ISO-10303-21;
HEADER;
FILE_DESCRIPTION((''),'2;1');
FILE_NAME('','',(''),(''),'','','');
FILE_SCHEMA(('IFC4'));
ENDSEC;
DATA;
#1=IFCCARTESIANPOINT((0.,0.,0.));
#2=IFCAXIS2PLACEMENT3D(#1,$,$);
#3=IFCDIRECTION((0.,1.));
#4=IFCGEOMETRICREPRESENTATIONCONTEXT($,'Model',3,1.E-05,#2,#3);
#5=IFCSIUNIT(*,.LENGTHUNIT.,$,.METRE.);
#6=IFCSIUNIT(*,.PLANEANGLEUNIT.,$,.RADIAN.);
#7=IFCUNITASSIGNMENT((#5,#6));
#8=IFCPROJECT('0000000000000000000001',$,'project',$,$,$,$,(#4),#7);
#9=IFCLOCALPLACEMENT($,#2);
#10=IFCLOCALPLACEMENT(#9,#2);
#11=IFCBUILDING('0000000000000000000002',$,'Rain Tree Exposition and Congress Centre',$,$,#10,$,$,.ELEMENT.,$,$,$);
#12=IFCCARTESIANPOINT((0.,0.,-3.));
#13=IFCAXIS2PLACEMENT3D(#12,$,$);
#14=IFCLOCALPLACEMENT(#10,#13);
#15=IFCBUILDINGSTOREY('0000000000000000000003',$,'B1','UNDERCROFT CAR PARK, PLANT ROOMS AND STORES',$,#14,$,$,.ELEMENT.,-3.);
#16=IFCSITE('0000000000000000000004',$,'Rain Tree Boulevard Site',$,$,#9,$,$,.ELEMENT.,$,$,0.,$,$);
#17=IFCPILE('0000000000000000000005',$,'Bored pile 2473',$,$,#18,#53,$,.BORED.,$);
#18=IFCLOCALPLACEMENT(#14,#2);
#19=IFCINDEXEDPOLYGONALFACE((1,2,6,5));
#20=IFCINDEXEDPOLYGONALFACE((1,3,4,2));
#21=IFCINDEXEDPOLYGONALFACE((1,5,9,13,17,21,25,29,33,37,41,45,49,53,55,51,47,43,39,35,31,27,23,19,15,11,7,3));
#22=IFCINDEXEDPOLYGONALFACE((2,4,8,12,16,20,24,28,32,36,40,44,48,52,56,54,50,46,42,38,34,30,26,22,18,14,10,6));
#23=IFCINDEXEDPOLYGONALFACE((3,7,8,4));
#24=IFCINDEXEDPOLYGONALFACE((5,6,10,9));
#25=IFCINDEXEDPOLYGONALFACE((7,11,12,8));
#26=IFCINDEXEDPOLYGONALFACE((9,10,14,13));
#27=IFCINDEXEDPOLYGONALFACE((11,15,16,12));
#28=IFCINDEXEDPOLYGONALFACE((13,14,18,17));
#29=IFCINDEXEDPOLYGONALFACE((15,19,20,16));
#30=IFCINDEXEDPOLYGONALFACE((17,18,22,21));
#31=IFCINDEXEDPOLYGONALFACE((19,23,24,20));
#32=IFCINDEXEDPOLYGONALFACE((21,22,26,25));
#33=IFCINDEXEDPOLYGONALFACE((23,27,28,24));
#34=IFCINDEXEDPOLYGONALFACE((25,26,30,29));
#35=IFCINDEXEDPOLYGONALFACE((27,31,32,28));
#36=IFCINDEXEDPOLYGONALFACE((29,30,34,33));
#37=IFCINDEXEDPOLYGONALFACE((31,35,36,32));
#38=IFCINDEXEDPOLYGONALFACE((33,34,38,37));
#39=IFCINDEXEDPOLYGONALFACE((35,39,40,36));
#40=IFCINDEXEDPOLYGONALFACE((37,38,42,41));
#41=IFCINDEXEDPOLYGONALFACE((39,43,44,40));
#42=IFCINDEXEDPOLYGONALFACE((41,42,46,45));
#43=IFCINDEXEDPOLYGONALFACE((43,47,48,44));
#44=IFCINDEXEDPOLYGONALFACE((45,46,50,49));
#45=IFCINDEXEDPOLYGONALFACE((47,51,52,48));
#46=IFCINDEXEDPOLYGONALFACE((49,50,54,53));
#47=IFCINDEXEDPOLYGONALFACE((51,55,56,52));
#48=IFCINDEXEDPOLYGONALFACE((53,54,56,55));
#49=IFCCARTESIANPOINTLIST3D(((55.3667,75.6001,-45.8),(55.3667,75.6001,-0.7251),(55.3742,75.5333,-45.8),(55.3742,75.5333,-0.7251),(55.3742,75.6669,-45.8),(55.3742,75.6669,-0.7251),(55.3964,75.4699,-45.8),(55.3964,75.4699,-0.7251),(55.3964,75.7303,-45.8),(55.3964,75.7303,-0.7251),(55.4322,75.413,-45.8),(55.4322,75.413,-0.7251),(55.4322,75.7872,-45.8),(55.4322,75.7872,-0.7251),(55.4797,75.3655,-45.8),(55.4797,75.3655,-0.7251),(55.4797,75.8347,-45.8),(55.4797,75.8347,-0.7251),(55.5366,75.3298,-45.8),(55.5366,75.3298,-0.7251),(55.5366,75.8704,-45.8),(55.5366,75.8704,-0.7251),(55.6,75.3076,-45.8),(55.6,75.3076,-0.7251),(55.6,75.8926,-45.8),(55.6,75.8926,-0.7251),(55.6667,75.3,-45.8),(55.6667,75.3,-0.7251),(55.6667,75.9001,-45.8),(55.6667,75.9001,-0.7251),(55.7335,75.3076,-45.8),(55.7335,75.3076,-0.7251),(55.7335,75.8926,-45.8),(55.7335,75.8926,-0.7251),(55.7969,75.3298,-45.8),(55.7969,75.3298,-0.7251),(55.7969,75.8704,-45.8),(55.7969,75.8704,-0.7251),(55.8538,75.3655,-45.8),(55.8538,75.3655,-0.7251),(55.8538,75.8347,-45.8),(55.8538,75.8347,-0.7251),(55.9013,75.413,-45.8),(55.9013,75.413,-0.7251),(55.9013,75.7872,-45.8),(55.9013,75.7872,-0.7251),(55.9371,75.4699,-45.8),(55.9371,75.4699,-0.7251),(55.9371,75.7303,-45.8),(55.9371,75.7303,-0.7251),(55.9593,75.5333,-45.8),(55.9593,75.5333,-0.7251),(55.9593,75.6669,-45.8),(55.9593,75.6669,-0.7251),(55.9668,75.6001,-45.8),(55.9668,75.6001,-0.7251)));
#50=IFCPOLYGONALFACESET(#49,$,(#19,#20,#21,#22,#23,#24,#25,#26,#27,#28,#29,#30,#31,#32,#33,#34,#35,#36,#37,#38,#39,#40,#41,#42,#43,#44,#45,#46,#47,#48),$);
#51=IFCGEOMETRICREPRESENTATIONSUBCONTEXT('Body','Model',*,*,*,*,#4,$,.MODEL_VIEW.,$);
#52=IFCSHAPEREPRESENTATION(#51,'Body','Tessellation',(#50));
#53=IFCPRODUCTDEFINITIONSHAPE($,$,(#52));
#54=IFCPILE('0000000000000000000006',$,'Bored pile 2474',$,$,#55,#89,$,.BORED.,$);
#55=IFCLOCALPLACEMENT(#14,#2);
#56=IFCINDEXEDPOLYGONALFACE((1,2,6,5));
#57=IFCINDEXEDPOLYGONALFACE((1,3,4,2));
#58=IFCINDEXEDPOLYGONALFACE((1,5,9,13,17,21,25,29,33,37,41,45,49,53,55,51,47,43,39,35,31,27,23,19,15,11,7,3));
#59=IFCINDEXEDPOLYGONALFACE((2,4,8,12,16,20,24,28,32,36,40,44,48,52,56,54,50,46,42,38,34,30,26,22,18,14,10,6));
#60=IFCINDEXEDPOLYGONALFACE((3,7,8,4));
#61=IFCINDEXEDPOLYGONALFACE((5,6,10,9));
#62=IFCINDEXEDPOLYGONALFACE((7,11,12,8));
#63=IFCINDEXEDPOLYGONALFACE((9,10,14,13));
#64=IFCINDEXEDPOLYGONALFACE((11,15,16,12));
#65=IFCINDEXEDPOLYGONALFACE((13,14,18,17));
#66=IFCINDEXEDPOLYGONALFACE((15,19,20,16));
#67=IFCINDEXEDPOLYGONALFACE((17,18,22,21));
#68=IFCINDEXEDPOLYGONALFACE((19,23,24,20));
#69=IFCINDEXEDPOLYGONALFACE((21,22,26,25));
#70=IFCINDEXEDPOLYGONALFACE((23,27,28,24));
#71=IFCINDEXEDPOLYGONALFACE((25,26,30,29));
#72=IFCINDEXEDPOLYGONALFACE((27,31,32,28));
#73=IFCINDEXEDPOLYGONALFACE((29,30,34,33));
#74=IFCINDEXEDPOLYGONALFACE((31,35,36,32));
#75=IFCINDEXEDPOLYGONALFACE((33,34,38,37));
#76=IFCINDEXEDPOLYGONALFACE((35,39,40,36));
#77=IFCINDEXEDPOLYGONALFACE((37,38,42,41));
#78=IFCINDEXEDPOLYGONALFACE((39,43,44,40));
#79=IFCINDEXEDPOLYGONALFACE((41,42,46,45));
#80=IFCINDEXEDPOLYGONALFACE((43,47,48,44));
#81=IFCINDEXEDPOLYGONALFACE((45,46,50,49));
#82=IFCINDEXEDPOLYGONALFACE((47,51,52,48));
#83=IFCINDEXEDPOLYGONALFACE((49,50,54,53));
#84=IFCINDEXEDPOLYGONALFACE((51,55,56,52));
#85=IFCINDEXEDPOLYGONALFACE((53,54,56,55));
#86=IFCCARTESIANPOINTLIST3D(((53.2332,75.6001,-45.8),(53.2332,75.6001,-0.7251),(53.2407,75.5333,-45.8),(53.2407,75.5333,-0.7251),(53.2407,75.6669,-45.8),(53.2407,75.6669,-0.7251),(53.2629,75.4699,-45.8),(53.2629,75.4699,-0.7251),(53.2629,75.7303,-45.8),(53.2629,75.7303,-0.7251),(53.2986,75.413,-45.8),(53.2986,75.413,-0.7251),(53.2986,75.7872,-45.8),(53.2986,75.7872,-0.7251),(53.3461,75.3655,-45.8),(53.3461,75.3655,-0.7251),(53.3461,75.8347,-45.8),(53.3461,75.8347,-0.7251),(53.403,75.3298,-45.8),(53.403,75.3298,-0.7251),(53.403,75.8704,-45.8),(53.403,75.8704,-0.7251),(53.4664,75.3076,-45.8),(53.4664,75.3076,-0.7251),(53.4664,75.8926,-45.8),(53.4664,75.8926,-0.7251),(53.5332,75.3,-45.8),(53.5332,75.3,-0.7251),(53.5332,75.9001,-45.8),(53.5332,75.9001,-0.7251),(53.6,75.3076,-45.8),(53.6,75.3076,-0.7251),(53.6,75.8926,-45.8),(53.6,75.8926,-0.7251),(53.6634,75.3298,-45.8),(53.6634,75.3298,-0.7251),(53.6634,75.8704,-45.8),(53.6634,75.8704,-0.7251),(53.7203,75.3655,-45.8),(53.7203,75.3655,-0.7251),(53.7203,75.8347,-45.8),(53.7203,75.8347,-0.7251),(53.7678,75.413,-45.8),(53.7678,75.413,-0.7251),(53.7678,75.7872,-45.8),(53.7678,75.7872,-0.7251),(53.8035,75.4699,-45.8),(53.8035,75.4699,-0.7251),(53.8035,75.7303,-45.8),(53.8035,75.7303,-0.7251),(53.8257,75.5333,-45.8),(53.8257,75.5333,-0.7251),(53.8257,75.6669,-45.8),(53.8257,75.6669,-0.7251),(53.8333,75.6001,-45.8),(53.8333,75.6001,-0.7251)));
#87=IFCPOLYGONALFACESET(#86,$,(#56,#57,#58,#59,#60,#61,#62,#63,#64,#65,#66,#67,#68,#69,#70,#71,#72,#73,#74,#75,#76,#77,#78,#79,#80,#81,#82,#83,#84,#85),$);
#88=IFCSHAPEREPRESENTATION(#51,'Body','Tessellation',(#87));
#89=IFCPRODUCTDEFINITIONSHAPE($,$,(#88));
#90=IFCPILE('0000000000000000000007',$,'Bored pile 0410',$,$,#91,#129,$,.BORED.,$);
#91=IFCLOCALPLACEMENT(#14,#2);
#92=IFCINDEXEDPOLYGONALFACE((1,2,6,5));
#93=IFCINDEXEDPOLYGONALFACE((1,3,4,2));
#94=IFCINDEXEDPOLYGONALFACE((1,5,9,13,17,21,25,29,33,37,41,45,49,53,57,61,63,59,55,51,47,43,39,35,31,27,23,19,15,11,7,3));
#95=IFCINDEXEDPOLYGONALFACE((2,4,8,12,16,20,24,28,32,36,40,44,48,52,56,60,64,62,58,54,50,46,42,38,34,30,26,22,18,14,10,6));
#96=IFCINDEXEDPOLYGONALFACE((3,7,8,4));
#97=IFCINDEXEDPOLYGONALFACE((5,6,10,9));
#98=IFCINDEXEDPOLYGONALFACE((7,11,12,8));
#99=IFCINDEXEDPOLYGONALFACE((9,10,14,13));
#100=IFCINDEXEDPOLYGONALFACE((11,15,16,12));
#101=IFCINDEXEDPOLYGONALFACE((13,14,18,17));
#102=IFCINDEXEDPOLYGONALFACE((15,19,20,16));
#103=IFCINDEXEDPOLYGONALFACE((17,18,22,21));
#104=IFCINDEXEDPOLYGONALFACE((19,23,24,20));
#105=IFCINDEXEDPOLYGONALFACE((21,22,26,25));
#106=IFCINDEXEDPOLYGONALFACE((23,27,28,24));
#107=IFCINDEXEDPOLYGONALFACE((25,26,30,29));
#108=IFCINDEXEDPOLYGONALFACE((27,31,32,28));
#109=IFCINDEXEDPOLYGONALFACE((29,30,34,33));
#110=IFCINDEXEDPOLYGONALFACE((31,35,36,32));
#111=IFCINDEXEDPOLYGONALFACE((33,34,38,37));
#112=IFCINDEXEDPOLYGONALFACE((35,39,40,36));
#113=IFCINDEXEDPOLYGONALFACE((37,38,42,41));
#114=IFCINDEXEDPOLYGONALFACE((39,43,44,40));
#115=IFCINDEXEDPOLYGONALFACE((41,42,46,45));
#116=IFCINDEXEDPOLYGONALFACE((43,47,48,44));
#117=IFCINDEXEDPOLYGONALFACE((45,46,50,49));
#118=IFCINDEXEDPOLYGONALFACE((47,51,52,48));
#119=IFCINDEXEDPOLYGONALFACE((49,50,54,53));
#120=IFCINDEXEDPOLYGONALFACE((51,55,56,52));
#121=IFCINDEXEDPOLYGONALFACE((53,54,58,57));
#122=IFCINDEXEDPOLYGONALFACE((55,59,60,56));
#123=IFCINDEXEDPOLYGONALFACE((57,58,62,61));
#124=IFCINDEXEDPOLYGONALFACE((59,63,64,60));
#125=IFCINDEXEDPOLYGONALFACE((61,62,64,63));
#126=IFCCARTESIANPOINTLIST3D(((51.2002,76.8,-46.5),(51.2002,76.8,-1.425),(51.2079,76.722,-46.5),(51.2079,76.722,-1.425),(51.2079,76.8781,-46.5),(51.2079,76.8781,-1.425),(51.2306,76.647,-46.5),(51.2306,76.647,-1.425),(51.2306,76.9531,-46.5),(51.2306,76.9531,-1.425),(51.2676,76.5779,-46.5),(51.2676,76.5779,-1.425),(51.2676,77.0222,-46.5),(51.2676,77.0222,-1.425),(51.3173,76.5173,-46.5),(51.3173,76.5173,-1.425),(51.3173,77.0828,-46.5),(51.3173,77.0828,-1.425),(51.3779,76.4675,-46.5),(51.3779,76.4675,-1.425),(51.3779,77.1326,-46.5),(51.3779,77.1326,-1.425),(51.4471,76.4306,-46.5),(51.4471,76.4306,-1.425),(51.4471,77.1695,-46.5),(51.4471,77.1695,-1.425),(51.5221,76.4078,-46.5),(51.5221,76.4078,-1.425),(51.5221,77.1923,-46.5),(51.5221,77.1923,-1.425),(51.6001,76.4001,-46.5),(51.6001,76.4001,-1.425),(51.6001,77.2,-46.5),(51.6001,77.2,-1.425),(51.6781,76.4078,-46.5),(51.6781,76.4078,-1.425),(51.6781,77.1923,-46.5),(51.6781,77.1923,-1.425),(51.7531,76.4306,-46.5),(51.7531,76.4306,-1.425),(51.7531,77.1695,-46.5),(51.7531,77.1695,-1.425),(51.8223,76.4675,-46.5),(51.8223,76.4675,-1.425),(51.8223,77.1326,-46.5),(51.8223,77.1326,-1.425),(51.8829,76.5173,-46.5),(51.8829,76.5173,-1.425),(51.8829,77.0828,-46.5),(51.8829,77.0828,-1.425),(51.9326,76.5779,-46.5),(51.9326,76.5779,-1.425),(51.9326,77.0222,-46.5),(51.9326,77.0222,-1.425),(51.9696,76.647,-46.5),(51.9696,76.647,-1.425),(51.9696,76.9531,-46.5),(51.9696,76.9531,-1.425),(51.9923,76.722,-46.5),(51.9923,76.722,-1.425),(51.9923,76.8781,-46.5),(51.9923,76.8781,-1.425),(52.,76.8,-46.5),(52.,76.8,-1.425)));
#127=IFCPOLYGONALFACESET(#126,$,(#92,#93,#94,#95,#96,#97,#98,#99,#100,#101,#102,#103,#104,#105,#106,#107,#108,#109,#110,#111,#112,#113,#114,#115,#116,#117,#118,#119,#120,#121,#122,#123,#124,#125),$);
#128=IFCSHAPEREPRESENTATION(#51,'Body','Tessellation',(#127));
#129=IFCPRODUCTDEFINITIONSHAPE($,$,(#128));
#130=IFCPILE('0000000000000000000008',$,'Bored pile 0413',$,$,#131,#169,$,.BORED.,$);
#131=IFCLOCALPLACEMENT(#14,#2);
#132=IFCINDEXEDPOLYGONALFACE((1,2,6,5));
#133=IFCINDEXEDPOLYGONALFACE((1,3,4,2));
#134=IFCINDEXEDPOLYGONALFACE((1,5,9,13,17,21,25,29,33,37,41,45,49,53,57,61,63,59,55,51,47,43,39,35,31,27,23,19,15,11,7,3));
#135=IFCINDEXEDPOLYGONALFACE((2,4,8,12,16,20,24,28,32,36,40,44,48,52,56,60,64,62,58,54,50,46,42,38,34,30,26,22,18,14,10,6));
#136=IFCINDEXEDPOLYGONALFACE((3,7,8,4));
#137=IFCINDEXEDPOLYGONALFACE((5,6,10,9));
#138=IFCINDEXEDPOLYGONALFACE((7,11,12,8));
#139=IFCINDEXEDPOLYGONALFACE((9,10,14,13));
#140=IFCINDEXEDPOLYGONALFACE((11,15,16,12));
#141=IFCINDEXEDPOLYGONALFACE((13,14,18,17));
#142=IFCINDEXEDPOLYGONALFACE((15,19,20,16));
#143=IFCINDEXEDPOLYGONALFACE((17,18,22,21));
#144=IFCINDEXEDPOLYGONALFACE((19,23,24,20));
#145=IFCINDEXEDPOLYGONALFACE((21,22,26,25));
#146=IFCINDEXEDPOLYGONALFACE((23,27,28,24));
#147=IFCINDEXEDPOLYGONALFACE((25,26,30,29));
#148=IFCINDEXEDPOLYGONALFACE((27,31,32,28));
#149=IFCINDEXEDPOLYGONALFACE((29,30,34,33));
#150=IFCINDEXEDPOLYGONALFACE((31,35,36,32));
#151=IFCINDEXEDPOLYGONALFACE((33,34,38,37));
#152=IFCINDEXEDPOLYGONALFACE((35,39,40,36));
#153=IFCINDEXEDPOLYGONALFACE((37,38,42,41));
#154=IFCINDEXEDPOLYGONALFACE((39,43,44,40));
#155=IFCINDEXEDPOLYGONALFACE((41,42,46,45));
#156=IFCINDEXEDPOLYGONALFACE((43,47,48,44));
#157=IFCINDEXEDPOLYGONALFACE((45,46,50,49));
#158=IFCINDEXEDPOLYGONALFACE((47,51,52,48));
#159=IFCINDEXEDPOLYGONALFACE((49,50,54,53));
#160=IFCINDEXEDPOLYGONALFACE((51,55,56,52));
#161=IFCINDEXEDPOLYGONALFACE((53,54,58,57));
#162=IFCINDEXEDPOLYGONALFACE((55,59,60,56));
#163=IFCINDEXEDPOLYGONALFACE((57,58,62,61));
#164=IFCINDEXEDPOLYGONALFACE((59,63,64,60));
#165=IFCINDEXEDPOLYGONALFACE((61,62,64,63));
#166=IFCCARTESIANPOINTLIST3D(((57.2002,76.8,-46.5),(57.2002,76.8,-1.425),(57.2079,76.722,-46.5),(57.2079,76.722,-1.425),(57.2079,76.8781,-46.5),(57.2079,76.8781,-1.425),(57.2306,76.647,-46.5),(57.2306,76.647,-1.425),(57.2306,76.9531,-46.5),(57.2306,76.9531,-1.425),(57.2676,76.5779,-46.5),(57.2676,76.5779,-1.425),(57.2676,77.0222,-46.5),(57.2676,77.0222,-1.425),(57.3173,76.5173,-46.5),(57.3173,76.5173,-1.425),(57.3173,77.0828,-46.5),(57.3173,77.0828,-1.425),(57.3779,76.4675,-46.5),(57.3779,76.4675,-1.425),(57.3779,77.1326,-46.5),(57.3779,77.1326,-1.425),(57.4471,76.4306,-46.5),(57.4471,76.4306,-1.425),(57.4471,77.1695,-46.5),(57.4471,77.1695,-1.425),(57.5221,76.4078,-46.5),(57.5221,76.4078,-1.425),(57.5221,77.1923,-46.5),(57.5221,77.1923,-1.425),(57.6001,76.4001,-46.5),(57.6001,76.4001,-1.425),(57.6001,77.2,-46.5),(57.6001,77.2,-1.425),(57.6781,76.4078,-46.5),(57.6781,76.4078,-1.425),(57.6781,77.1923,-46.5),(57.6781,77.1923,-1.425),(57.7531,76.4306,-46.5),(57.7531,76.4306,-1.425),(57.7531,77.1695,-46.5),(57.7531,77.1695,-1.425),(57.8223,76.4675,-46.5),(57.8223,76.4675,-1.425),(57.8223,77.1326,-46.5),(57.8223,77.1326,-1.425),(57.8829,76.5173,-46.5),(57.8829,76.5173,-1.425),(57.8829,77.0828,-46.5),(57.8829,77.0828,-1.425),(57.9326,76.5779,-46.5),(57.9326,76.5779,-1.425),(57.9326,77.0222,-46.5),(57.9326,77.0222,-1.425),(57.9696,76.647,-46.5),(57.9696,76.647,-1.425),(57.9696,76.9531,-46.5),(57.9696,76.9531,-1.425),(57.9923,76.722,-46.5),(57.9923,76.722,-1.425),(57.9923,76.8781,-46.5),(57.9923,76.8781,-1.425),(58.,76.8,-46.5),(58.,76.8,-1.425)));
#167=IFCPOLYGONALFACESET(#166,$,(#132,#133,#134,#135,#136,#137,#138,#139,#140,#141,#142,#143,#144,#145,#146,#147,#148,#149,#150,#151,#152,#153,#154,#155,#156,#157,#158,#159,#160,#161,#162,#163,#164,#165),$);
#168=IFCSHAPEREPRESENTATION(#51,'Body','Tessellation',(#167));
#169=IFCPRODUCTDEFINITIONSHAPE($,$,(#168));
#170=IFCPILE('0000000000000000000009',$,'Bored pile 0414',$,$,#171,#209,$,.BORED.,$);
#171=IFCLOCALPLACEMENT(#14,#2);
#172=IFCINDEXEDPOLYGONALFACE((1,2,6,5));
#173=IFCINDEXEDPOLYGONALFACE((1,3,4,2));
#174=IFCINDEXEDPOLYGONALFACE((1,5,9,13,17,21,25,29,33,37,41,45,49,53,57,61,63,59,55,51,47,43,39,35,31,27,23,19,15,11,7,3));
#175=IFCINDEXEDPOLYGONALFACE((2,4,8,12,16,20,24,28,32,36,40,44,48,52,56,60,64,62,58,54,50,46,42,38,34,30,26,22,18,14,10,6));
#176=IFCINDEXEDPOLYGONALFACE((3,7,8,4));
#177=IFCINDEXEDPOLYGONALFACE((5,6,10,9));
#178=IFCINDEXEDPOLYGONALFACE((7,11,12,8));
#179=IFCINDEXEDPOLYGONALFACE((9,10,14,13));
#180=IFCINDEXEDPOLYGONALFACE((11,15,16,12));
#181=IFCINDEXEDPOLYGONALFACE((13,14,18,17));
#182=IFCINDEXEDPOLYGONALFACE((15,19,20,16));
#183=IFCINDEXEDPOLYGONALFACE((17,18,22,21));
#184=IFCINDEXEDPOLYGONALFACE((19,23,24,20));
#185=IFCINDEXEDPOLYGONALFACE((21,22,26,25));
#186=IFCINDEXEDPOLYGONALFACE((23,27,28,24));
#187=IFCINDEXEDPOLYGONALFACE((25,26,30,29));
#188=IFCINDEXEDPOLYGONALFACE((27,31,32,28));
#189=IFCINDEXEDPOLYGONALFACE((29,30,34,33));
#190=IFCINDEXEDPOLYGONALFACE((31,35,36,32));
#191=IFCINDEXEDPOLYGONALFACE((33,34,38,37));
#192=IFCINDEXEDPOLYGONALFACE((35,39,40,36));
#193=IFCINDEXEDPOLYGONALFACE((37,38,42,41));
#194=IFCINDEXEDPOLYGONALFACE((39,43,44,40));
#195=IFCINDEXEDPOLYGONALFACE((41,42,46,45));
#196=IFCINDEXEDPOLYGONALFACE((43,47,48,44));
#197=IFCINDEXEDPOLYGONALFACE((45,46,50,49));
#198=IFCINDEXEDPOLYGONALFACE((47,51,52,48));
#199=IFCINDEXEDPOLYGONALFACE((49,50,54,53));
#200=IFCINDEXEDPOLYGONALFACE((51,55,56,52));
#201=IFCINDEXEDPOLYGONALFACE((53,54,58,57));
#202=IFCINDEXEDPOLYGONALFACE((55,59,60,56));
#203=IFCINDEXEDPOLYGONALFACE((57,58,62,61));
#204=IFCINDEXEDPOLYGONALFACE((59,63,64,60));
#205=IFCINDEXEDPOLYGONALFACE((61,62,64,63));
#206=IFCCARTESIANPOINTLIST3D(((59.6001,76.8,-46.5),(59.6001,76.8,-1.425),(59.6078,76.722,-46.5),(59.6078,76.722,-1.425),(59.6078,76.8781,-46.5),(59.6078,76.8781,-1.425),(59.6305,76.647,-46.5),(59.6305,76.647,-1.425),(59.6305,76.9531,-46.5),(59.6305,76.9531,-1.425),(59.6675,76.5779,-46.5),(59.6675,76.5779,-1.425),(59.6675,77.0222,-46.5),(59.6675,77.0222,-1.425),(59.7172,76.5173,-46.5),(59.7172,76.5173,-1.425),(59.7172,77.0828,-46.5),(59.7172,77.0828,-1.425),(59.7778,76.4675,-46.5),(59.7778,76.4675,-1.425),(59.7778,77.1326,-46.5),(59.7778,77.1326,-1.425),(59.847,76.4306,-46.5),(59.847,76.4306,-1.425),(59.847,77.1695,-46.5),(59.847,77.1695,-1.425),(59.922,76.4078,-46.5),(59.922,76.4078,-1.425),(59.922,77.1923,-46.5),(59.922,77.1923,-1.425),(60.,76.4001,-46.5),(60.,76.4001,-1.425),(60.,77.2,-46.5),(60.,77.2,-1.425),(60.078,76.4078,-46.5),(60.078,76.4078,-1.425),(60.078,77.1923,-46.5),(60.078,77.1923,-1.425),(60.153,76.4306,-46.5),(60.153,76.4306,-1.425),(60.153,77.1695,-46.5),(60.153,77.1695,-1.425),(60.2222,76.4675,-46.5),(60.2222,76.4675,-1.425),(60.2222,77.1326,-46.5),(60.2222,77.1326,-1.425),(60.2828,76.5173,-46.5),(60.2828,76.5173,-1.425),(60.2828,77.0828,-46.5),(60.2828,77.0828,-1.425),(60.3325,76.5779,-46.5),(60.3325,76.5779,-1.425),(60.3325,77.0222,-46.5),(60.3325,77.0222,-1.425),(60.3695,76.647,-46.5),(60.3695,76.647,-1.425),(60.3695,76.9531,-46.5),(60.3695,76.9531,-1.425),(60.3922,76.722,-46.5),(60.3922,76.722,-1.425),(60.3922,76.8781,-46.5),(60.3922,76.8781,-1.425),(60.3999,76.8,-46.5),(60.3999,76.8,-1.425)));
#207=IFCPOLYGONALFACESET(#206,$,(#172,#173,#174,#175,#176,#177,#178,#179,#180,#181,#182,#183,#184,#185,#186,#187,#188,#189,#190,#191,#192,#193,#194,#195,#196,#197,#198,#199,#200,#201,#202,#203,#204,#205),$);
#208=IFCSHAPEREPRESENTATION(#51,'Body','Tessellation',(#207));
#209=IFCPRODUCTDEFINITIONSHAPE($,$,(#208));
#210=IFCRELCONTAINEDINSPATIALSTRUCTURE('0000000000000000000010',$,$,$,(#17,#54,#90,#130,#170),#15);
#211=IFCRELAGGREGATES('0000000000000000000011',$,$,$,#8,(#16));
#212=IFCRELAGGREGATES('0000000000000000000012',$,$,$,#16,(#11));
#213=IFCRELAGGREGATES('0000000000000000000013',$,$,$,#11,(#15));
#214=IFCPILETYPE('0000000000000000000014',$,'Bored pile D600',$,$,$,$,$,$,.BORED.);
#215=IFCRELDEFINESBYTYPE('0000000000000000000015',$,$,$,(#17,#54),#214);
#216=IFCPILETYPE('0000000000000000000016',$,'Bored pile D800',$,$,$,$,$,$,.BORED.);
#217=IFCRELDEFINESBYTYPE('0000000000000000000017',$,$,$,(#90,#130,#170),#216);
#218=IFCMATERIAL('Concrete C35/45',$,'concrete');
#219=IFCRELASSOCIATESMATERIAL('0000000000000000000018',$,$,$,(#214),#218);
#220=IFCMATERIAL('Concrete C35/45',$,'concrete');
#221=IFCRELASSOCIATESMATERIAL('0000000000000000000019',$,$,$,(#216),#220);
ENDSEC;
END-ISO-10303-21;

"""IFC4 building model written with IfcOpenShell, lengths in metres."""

from ifc_helpers import new_model, si_unit, direction, frame, origin, origin_2d, place, context, subcontext, project, spatial, circle, extrude, material, material_profile, profile_set, type_object, element, save


model = new_model("IFC4")

# Units and contexts
model_context = context("Model", 3, precision=1e-05, world=origin(), true_north=direction((0.0, 1.0)))
body_context = subcontext(model_context, "Body", "Model", "MODEL_VIEW")
ifc_project = project(units=[si_unit("LENGTHUNIT", "METRE"), si_unit("PLANEANGLEUNIT", "RADIAN")], contexts=[model_context])

# Site, building, storey
site_placement = place(None, origin())
site = spatial("IfcSite", under=ifc_project, at=site_placement, Name="Rain Tree Boulevard Site", CompositionType="ELEMENT", RefElevation=0.0)
building_placement = place(site_placement, origin())
building = spatial("IfcBuilding", under=site, at=building_placement, Name="Rain Tree Exposition and Congress Centre", CompositionType="ELEMENT")
storey_placement = place(building_placement, frame((0.0, 0.0, -3.0)))
storey = spatial("IfcBuildingStorey", under=building, at=storey_placement, Name="B1", Description="UNDERCROFT CAR PARK, PLANT ROOMS AND STORES", CompositionType="ELEMENT", Elevation=-3.0)

# Piles
ifc_material_1 = material(Name="Concrete C35/45", Category="concrete")
ifc_material_profile_1 = material_profile(ifc_material_1, circle(Radius=0.3, at=origin_2d()), Name="D600")
ifc_profile_set_1 = profile_set([ifc_material_profile_1], Name="Concrete C35/45")
pile_type_1 = type_object("IfcPileType", Name="Bored pile D600", PredefinedType="BORED", material=ifc_profile_set_1)
for number, where, z_axis, x_axis, name in (
    (1, (55.6667, 75.6001, -0.7251), (0.0, 0.0, -1.0), (1.0, 0.0, 0.0), "Bored pile 2473"),
    (2, (53.5332, 75.6001, -0.7251), (0.0, 0.0, -1.0), (1.0, 0.0, 0.0), "Bored pile 2474"),
):
    element("IfcPile", number, at=place(storey_placement, frame(where, z_axis=z_axis, x_axis=x_axis)), inside=storey, type_object=pile_type_1, Name=name, PredefinedType="BORED", context=body_context, shape_type="SweptSolid", body=[
        extrude(circle(Radius=0.3, at=origin_2d()), origin(), (0.0, 0.0, 1.0), 45.075),
    ])
ifc_material_2 = material(Name="Concrete C35/45", Category="concrete")
ifc_material_profile_2 = material_profile(ifc_material_2, circle(Radius=0.3999, at=origin_2d()), Name="D800")
ifc_profile_set_2 = profile_set([ifc_material_profile_2], Name="Concrete C35/45")
pile_type_2 = type_object("IfcPileType", Name="Bored pile D800", PredefinedType="BORED", material=ifc_profile_set_2)
for number, where, z_axis, x_axis, name in (
    (3, (51.6001, 76.8, -1.425), (0.0, 0.0, -1.0), (1.0, 0.0, 0.0), "Bored pile 0410"),
    (4, (57.6001, 76.8, -1.425), (0.0, 0.0, -1.0), (1.0, 0.0, 0.0), "Bored pile 0413"),
    (5, (60.0, 76.8, -1.425), (0.0, 0.0, -1.0), (1.0, 0.0, 0.0), "Bored pile 0414"),
):
    element("IfcPile", number, at=place(storey_placement, frame(where, z_axis=z_axis, x_axis=x_axis)), inside=storey, type_object=pile_type_2, Name=name, PredefinedType="BORED", context=body_context, shape_type="SweptSolid", body=[
        extrude(circle(Radius=0.3999, at=origin_2d()), origin(), (0.0, 0.0, 1.0), 45.075),
    ])

save(model, "model.ifc")
